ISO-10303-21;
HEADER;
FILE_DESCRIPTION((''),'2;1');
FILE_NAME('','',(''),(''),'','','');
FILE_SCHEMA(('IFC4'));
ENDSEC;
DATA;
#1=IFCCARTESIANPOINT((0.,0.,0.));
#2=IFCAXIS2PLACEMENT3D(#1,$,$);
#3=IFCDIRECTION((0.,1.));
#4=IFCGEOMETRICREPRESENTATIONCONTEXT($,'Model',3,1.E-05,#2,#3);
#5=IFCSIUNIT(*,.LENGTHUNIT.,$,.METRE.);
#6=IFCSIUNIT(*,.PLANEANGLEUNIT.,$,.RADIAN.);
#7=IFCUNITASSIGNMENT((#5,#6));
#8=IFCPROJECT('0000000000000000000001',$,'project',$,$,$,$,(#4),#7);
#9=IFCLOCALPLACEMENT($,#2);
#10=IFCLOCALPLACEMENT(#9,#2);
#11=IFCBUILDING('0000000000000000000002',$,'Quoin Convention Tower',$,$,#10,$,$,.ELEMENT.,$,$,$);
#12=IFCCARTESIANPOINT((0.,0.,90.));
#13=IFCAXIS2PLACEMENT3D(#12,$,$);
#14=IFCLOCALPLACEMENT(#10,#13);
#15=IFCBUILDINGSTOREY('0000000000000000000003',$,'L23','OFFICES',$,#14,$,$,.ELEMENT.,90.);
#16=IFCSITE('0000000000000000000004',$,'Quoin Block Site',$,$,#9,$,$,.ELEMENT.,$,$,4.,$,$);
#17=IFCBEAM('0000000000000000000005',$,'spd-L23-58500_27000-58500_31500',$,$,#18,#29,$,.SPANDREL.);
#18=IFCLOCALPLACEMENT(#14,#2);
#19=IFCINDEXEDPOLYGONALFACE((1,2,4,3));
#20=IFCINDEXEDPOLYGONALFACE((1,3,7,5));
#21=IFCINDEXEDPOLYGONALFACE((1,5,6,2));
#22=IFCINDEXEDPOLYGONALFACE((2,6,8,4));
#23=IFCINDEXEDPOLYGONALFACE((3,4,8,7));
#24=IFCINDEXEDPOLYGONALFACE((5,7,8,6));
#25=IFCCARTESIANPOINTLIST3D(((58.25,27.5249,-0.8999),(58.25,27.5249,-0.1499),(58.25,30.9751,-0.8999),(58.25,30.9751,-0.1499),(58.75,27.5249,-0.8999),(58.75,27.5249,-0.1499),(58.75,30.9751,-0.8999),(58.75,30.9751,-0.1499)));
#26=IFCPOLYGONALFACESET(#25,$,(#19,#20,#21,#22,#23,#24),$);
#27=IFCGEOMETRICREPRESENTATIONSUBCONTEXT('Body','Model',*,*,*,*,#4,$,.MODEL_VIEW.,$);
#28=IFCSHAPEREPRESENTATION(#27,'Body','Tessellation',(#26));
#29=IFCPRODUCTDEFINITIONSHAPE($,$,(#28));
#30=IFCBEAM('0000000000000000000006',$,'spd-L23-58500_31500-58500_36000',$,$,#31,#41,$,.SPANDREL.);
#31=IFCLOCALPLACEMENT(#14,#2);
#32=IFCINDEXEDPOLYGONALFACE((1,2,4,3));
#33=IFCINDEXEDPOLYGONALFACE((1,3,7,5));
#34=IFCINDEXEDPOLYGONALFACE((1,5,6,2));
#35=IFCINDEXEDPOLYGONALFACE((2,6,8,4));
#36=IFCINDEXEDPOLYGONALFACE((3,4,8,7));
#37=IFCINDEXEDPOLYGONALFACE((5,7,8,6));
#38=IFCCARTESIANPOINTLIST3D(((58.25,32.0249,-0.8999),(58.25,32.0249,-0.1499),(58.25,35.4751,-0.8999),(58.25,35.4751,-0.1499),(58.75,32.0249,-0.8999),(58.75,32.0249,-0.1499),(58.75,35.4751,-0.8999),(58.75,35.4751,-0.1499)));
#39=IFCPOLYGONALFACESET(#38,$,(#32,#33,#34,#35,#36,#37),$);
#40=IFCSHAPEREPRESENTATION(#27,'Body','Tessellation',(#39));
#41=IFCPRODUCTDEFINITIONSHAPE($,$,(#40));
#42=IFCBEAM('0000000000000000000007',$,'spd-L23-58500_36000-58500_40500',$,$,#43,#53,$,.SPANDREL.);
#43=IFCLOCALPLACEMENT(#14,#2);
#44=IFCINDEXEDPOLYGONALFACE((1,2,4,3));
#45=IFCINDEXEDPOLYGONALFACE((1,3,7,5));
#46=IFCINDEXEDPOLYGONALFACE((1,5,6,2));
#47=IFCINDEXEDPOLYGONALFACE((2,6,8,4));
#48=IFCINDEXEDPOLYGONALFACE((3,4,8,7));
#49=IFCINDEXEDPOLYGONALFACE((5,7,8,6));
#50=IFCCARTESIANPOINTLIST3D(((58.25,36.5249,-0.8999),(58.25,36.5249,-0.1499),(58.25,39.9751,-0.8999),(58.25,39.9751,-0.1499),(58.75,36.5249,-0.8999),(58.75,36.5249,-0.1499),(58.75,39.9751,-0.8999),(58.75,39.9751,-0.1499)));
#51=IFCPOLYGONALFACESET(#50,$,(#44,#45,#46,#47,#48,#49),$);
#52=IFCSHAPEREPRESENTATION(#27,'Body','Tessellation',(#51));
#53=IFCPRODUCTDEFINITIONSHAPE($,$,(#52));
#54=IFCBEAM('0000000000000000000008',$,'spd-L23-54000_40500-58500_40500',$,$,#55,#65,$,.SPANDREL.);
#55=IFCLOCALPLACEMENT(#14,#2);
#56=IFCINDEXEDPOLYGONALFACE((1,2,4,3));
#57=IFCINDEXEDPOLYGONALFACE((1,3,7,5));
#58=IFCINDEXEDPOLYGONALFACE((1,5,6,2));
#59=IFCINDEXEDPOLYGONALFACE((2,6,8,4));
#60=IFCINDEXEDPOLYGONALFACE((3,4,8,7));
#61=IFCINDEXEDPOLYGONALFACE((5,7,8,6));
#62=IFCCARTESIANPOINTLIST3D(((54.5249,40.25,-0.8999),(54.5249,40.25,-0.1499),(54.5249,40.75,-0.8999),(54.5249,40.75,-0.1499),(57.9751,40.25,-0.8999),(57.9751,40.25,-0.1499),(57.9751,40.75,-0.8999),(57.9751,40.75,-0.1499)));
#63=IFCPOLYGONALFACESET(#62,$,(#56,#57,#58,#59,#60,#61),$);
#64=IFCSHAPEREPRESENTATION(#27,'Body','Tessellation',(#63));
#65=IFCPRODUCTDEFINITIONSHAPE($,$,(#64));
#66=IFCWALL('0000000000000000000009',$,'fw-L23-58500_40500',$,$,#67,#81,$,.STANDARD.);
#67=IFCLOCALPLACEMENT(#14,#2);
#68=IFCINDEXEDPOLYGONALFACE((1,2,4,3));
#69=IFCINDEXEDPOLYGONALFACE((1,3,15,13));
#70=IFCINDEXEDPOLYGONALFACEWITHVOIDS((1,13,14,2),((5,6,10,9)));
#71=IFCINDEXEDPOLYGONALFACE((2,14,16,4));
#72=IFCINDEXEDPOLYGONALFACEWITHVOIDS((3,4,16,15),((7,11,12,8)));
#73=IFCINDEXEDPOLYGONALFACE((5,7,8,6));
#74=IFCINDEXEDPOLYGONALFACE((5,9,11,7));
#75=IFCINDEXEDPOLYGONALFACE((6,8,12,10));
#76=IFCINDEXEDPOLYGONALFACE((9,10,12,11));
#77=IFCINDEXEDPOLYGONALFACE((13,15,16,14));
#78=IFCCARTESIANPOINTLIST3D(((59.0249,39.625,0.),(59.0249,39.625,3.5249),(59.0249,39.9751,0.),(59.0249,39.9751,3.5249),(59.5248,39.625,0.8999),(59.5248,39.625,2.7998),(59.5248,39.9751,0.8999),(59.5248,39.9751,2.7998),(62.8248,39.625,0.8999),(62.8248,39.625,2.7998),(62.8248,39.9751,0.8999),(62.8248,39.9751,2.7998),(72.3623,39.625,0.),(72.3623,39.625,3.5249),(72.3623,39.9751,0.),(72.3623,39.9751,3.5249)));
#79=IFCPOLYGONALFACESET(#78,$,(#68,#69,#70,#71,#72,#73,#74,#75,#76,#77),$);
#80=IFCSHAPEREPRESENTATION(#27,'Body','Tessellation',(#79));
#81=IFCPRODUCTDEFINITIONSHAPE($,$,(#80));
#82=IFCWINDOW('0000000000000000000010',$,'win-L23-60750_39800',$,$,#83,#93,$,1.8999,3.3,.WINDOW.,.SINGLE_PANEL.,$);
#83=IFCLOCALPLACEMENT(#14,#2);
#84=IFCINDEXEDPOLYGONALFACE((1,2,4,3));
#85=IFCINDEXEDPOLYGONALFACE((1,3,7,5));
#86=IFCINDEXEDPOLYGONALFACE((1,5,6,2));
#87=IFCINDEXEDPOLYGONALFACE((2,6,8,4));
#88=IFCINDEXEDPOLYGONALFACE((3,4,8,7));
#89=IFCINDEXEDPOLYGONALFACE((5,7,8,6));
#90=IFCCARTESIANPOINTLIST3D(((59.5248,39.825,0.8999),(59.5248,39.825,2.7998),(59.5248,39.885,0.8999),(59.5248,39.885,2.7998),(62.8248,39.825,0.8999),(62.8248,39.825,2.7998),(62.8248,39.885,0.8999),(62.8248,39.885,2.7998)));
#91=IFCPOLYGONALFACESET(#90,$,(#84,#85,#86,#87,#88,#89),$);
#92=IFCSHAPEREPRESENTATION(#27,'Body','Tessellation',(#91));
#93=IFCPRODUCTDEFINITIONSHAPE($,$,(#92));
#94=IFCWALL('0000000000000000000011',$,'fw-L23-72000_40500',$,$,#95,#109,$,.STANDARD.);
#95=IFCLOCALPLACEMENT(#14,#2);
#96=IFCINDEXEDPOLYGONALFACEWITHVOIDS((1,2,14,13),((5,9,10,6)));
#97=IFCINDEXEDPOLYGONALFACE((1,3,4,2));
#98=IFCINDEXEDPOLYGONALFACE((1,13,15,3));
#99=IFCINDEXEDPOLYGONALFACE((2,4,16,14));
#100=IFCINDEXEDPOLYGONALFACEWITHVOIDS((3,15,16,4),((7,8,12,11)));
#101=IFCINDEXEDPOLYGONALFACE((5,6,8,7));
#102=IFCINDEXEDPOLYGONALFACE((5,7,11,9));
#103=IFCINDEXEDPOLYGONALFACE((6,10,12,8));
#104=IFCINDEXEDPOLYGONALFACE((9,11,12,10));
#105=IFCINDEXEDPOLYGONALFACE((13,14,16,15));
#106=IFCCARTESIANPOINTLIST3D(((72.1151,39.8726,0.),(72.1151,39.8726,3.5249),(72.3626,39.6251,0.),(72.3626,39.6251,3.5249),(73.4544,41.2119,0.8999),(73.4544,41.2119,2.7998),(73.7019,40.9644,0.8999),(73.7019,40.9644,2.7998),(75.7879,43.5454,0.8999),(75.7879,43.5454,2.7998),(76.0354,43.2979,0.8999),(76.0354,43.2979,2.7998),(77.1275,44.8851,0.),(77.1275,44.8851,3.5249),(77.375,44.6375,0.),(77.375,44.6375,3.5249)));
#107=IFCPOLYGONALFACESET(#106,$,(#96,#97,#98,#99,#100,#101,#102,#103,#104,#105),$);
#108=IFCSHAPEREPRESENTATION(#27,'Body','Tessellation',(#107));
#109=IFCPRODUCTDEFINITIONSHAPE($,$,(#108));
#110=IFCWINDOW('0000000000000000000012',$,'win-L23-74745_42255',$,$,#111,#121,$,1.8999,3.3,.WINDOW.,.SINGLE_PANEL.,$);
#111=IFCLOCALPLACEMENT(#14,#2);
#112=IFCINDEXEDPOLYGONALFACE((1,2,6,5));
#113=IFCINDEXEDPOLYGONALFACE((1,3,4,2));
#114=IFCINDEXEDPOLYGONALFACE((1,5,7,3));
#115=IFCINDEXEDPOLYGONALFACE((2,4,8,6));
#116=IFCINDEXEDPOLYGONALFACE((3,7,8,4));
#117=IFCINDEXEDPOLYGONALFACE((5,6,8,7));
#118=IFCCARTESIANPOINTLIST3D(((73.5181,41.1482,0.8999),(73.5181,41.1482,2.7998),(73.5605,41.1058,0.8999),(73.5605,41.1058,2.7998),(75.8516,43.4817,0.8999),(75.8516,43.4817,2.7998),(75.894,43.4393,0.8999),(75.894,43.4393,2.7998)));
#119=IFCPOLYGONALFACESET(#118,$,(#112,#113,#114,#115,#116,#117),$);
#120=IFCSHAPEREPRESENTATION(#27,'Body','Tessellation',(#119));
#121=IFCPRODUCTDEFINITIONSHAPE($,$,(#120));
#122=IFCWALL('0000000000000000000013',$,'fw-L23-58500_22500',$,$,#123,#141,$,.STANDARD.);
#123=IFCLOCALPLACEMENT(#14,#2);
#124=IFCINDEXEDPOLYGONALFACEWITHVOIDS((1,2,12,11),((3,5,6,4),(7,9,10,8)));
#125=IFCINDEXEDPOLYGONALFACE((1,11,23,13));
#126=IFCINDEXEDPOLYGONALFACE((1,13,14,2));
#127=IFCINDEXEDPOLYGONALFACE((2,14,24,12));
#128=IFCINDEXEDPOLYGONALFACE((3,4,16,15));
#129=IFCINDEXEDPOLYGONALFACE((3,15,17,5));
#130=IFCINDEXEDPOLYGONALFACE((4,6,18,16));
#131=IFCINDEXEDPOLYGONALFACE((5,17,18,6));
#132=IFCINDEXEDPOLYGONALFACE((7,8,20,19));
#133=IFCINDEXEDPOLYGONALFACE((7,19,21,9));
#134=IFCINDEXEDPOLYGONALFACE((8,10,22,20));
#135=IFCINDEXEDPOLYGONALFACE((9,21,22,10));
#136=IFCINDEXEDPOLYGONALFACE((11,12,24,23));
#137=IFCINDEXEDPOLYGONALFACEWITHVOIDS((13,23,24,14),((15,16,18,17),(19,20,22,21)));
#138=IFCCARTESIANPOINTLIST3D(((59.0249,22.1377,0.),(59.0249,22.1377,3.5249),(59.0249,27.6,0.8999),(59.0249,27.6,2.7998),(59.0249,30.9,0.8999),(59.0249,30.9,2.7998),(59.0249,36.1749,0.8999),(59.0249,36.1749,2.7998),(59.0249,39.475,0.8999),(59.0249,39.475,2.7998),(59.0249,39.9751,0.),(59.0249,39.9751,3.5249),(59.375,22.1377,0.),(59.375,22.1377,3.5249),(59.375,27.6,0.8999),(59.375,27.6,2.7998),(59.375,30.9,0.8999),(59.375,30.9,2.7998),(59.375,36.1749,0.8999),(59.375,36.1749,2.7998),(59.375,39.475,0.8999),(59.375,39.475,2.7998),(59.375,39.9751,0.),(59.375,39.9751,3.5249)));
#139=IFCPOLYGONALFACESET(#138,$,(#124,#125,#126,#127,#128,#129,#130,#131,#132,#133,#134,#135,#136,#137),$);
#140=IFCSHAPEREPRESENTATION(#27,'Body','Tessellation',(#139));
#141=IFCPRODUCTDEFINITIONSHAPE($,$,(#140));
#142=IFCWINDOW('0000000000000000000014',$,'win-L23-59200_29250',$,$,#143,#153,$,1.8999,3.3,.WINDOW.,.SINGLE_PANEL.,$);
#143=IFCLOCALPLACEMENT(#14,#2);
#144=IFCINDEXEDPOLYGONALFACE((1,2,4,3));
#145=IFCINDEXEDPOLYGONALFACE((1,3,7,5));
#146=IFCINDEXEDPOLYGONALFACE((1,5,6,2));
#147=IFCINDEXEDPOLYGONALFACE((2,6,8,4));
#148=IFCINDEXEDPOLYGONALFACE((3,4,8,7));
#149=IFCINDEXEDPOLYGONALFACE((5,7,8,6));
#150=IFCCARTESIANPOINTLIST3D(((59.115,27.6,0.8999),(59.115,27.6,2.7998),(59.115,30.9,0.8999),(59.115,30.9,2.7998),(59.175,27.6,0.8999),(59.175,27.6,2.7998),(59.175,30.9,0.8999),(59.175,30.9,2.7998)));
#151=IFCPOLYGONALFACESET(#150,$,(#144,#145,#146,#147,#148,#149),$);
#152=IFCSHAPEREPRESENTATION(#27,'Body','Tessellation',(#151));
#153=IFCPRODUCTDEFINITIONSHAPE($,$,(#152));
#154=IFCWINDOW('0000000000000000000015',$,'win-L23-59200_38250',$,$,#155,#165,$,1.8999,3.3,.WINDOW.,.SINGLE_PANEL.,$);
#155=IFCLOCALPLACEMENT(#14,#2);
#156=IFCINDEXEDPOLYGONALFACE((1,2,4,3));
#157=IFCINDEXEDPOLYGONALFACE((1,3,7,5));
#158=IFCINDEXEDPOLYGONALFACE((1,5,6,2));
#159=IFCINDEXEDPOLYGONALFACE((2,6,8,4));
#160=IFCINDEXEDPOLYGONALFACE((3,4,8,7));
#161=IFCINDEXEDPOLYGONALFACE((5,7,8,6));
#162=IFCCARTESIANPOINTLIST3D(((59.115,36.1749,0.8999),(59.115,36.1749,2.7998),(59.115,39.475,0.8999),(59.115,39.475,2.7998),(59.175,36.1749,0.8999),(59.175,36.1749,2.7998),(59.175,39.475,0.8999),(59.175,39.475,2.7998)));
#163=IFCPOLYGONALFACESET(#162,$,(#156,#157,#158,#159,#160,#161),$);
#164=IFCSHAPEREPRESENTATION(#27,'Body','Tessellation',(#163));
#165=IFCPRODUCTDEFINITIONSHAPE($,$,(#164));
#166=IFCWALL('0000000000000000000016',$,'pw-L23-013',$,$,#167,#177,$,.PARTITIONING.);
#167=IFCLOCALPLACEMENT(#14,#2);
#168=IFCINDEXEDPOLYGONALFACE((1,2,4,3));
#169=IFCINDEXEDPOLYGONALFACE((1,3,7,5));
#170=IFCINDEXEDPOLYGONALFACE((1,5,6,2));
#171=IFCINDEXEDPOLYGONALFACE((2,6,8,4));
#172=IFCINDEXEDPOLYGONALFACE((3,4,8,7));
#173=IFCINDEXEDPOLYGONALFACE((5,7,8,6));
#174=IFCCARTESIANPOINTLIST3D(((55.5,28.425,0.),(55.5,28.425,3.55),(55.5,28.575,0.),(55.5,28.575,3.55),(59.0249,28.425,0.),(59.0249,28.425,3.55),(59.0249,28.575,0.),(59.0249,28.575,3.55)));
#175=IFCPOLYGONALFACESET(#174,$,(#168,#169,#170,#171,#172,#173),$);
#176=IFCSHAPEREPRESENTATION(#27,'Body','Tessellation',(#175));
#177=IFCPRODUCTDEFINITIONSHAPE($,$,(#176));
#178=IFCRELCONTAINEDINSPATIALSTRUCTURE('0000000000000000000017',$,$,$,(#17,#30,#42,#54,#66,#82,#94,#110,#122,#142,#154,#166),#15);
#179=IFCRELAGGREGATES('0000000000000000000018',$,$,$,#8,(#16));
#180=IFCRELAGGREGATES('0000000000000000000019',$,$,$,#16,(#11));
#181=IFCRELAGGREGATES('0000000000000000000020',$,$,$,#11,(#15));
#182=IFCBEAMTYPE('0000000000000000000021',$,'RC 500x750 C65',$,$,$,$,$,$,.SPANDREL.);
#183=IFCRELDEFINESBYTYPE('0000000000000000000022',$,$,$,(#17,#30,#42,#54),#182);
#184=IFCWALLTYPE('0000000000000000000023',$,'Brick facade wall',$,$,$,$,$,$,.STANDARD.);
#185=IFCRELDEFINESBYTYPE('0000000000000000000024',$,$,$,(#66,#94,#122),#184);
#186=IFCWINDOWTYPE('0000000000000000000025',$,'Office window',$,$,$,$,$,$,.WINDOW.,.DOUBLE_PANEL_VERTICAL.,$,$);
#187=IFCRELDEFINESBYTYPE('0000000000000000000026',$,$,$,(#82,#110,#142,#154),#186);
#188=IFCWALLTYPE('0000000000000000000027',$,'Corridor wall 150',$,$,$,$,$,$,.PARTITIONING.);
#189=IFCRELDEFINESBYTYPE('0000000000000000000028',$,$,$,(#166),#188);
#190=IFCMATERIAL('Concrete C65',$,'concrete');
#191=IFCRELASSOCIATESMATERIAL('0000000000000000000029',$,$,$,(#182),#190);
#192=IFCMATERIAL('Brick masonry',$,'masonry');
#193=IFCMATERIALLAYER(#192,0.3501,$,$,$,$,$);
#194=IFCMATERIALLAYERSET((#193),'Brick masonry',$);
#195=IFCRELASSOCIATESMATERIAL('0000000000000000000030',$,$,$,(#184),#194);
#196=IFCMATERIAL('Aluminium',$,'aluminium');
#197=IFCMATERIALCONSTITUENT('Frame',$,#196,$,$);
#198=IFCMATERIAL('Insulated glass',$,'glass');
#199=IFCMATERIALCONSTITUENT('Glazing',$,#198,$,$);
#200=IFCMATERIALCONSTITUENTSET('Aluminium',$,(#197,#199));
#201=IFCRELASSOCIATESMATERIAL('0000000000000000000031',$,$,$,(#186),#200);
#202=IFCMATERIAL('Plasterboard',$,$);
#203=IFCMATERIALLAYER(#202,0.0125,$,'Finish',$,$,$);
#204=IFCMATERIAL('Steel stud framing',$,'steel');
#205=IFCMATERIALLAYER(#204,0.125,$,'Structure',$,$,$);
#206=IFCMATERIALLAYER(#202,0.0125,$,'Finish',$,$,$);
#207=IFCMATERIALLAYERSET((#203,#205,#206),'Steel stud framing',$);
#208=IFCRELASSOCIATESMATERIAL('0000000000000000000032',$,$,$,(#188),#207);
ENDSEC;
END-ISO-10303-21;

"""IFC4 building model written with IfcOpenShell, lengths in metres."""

from ifc_helpers import new_model, si_unit, direction, frame, frame_2d, origin, origin_2d, place, context, subcontext, project, spatial, rectangle, extrude, material, layer, layer_set, constituent, constituent_set, material_profile, profile_set, type_object, element, fill, save


model = new_model("IFC4")

# Units and contexts
model_context = context("Model", 3, precision=1e-05, world=origin(), true_north=direction((0.0, 1.0)))
body_context = subcontext(model_context, "Body", "Model", "MODEL_VIEW")
ifc_project = project(units=[si_unit("LENGTHUNIT", "METRE"), si_unit("PLANEANGLEUNIT", "RADIAN")], contexts=[model_context])

# Site, building, storey
site_placement = place(None, origin())
site = spatial("IfcSite", under=ifc_project, at=site_placement, Name="Quoin Block Site", CompositionType="ELEMENT", RefElevation=4.0)
building_placement = place(site_placement, origin())
building = spatial("IfcBuilding", under=site, at=building_placement, Name="Quoin Convention Tower", CompositionType="ELEMENT")
storey_placement = place(building_placement, frame((0.0, 0.0, 90.0)))
storey = spatial("IfcBuildingStorey", under=building, at=storey_placement, Name="L23", Description="OFFICES", CompositionType="ELEMENT", Elevation=90.0)

# Shared definitions
ifc_material_1 = material(Name="Concrete C65", Category="concrete")

# Beams
ifc_material_profile_1 = material_profile(ifc_material_1, rectangle(XDim=0.5, YDim=0.75, at=origin_2d()), Name="RC 500x750")
ifc_profile_set_1 = profile_set([ifc_material_profile_1], Name="Concrete C65")
beam_type_1 = type_object("IfcBeamType", Name="RC 500x750 C65", PredefinedType="SPANDREL", material=ifc_profile_set_1)
for number, where, z_axis, x_axis, name in (
    (1, (58.5, 27.5249, -0.5249), (0.0, 1.0, 0.0), (-1.0, 0.0, 0.0), "spd-L23-58500_27000-58500_31500"),
    (2, (58.5, 32.0249, -0.5249), (0.0, 1.0, 0.0), (-1.0, 0.0, 0.0), "spd-L23-58500_31500-58500_36000"),
    (3, (58.5, 36.5249, -0.5249), (0.0, 1.0, 0.0), (-1.0, 0.0, 0.0), "spd-L23-58500_36000-58500_40500"),
    (4, (54.5249, 40.5, -0.5249), (1.0, 0.0, 0.0), (0.0, 1.0, 0.0), "spd-L23-54000_40500-58500_40500"),
):
    element("IfcBeam", number, at=place(storey_placement, frame(where, z_axis=z_axis, x_axis=x_axis)), inside=storey, type_object=beam_type_1, Name=name, PredefinedType="SPANDREL", context=body_context, shape_type="SweptSolid", body=[
        extrude(rectangle(XDim=0.5, YDim=0.75, at=origin_2d()), origin(), (0.0, 0.0, 1.0), 3.4502),
    ])

# Walls, openings, windows
ifc_material_2 = material(Name="Brick masonry", Category="masonry")
ifc_layer_1 = layer(ifc_material_2, 0.3501)
ifc_layer_set_1 = layer_set([ifc_layer_1], Name="Brick masonry")
wall_type_1 = type_object("IfcWallType", Name="Brick facade wall", PredefinedType="STANDARD", material=ifc_layer_set_1)
wall_1_placement = place(storey_placement, frame((59.0249, 39.8, 0.0), z_axis=(0.0, 0.0, 1.0), x_axis=(1.0, 0.0, 0.0)))
wall_1 = element("IfcWall", 5, at=wall_1_placement, inside=storey, type_object=wall_type_1, Name="fw-L23-58500_40500", PredefinedType="STANDARD", context=body_context, shape_type="SweptSolid", body=[
    extrude(rectangle(XDim=13.3374, YDim=0.3501, at=frame_2d((6.6687, 0.0))), origin(), (0.0, 0.0, 1.0), 3.5249),
])
opening_1_placement = place(wall_1_placement, frame((0.5, 0.0, 0.8999)))
opening_1 = element("IfcOpeningElement", 6, at=opening_1_placement, cuts=wall_1, PredefinedType="OPENING", context=body_context, shape_type="SweptSolid", body=[
    extrude(rectangle(XDim=3.3, YDim=1.8999, at=frame_2d((1.6499, 0.95))), frame((0.0, 0.1851, 0.0), z_axis=(0.0, -1.0, 0.0), x_axis=(1.0, 0.0, 0.0)), (0.0, 0.0, 1.0), 0.3701),
])
ifc_material_3 = material(Name="Aluminium", Category="aluminium")
ifc_constituent_1 = constituent(ifc_material_3, Name="Frame")
ifc_material_4 = material(Name="Insulated glass", Category="glass")
ifc_constituent_2 = constituent(ifc_material_4, Name="Glazing")
ifc_constituent_set = constituent_set(constituents=[ifc_constituent_1, ifc_constituent_2], Name="Aluminium")
window_type = type_object("IfcWindowType", Name="Office window", PartitioningType="DOUBLE_PANEL_VERTICAL", PredefinedType="WINDOW", material=ifc_constituent_set)
window_1_placement = place(opening_1_placement, origin())
window_1 = element("IfcWindow", 7, at=window_1_placement, inside=storey, type_object=window_type, Name="win-L23-60750_39800", OverallHeight=1.8999, OverallWidth=3.3, PartitioningType="SINGLE_PANEL", PredefinedType="WINDOW", context=body_context, shape_type="SweptSolid", body=[
    extrude(rectangle(XDim=3.3, YDim=1.8999, at=frame_2d((1.6499, 0.95))), frame((0.0, 0.085, 0.0), z_axis=(0.0, -1.0, 0.0), x_axis=(1.0, 0.0, 0.0)), (0.0, 0.0, 1.0), 0.0601),
])
fill(opening_1, window_1)
wall_2_placement = place(storey_placement, frame((72.2388, 39.7488, 0.0), z_axis=(0.0, 0.0, 1.0), x_axis=(0.707107, 0.707107, 0.0)))
wall_2 = element("IfcWall", 8, at=wall_2_placement, inside=storey, type_object=wall_type_1, Name="fw-L23-72000_40500", PredefinedType="STANDARD", context=body_context, shape_type="SweptSolid", body=[
    extrude(rectangle(XDim=7.0886, YDim=0.3501, at=frame_2d((3.5444, 0.0))), origin(), (0.0, 0.0, 1.0), 3.5249),
])
opening_2_placement = place(wall_2_placement, frame((1.8943, 0.0, 0.8999)))
opening_2 = element("IfcOpeningElement", 9, at=opening_2_placement, cuts=wall_2, PredefinedType="OPENING", context=body_context, shape_type="SweptSolid", body=[
    extrude(rectangle(XDim=3.3, YDim=1.8999, at=frame_2d((1.6499, 0.95))), frame((0.0, 0.1851, 0.0), z_axis=(0.0, -1.0, 0.0), x_axis=(1.0, 0.0, 0.0)), (0.0, 0.0, 1.0), 0.3701),
])
window_2_placement = place(opening_2_placement, origin())
window_2 = element("IfcWindow", 10, at=window_2_placement, inside=storey, type_object=window_type, Name="win-L23-74745_42255", OverallHeight=1.8999, OverallWidth=3.3, PartitioningType="SINGLE_PANEL", PredefinedType="WINDOW", context=body_context, shape_type="SweptSolid", body=[
    extrude(rectangle(XDim=3.3, YDim=1.8999, at=frame_2d((1.6499, 0.95))), frame((0.0, 0.085, 0.0), z_axis=(0.0, -1.0, 0.0), x_axis=(1.0, 0.0, 0.0)), (0.0, 0.0, 1.0), 0.0601),
])
fill(opening_2, window_2)

# Wall, openings, windows
wall_3_placement = place(storey_placement, frame((59.2, 22.1377, 0.0), z_axis=(0.0, 0.0, 1.0), x_axis=(0.0, 1.0, 0.0)))
wall_3 = element("IfcWall", 11, at=wall_3_placement, inside=storey, type_object=wall_type_1, Name="fw-L23-58500_22500", PredefinedType="STANDARD", context=body_context, shape_type="SweptSolid", body=[
    extrude(rectangle(XDim=17.8374, YDim=0.3501, at=frame_2d((8.9187, 0.0))), origin(), (0.0, 0.0, 1.0), 3.5249),
])
opening_3_placement = place(wall_3_placement, frame((5.4624, 0.0, 0.8999)))
opening_3 = element("IfcOpeningElement", 12, at=opening_3_placement, cuts=wall_3, PredefinedType="OPENING", context=body_context, shape_type="SweptSolid", body=[
    extrude(rectangle(XDim=3.3, YDim=1.8999, at=frame_2d((1.6499, 0.95))), frame((0.0, 0.1851, 0.0), z_axis=(0.0, -1.0, 0.0), x_axis=(1.0, 0.0, 0.0)), (0.0, 0.0, 1.0), 0.3701),
])
opening_4_placement = place(wall_3_placement, frame((14.0374, 0.0, 0.8999)))
opening_4 = element("IfcOpeningElement", 13, at=opening_4_placement, cuts=wall_3, PredefinedType="OPENING", context=body_context, shape_type="SweptSolid", body=[
    extrude(rectangle(XDim=3.3, YDim=1.8999, at=frame_2d((1.6499, 0.95))), frame((0.0, 0.1851, 0.0), z_axis=(0.0, -1.0, 0.0), x_axis=(1.0, 0.0, 0.0)), (0.0, 0.0, 1.0), 0.3701),
])
window_3_placement = place(opening_3_placement, origin())
window_3 = element("IfcWindow", 14, at=window_3_placement, inside=storey, type_object=window_type, Name="win-L23-59200_29250", OverallHeight=1.8999, OverallWidth=3.3, PartitioningType="SINGLE_PANEL", PredefinedType="WINDOW", context=body_context, shape_type="SweptSolid", body=[
    extrude(rectangle(XDim=3.3, YDim=1.8999, at=frame_2d((1.6499, 0.95))), frame((0.0, 0.085, 0.0), z_axis=(0.0, -1.0, 0.0), x_axis=(1.0, 0.0, 0.0)), (0.0, 0.0, 1.0), 0.0601),
])
fill(opening_3, window_3)
window_4_placement = place(opening_4_placement, origin())
window_4 = element("IfcWindow", 15, at=window_4_placement, inside=storey, type_object=window_type, Name="win-L23-59200_38250", OverallHeight=1.8999, OverallWidth=3.3, PartitioningType="SINGLE_PANEL", PredefinedType="WINDOW", context=body_context, shape_type="SweptSolid", body=[
    extrude(rectangle(XDim=3.3, YDim=1.8999, at=frame_2d((1.6499, 0.95))), frame((0.0, 0.085, 0.0), z_axis=(0.0, -1.0, 0.0), x_axis=(1.0, 0.0, 0.0)), (0.0, 0.0, 1.0), 0.0601),
])
fill(opening_4, window_4)

# Wall
ifc_material_5 = material(Name="Plasterboard")
ifc_layer_2 = layer(ifc_material_5, 0.0125, Name="Finish")
ifc_material_6 = material(Name="Steel stud framing", Category="steel")
ifc_layer_3 = layer(ifc_material_6, 0.125, Name="Structure")
ifc_layer_4 = layer(ifc_material_5, 0.0125, Name="Finish")
ifc_layer_set_2 = layer_set([ifc_layer_2, ifc_layer_3, ifc_layer_4], Name="Steel stud framing")
wall_type_2 = type_object("IfcWallType", Name="Corridor wall 150", PredefinedType="PARTITIONING", material=ifc_layer_set_2)
wall_4_placement = place(storey_placement, frame((55.5, 28.5, 0.0), z_axis=(0.0, 0.0, 1.0), x_axis=(1.0, 0.0, 0.0)))
element("IfcWall", 16, at=wall_4_placement, inside=storey, type_object=wall_type_2, Name="pw-L23-013", PredefinedType="PARTITIONING", context=body_context, shape_type="SweptSolid", body=[
    extrude(rectangle(XDim=3.5249, YDim=0.1499, at=frame_2d((1.7625, 0.0))), origin(), (0.0, 0.0, 1.0), 3.55),
])

save(model, "model.ifc")
